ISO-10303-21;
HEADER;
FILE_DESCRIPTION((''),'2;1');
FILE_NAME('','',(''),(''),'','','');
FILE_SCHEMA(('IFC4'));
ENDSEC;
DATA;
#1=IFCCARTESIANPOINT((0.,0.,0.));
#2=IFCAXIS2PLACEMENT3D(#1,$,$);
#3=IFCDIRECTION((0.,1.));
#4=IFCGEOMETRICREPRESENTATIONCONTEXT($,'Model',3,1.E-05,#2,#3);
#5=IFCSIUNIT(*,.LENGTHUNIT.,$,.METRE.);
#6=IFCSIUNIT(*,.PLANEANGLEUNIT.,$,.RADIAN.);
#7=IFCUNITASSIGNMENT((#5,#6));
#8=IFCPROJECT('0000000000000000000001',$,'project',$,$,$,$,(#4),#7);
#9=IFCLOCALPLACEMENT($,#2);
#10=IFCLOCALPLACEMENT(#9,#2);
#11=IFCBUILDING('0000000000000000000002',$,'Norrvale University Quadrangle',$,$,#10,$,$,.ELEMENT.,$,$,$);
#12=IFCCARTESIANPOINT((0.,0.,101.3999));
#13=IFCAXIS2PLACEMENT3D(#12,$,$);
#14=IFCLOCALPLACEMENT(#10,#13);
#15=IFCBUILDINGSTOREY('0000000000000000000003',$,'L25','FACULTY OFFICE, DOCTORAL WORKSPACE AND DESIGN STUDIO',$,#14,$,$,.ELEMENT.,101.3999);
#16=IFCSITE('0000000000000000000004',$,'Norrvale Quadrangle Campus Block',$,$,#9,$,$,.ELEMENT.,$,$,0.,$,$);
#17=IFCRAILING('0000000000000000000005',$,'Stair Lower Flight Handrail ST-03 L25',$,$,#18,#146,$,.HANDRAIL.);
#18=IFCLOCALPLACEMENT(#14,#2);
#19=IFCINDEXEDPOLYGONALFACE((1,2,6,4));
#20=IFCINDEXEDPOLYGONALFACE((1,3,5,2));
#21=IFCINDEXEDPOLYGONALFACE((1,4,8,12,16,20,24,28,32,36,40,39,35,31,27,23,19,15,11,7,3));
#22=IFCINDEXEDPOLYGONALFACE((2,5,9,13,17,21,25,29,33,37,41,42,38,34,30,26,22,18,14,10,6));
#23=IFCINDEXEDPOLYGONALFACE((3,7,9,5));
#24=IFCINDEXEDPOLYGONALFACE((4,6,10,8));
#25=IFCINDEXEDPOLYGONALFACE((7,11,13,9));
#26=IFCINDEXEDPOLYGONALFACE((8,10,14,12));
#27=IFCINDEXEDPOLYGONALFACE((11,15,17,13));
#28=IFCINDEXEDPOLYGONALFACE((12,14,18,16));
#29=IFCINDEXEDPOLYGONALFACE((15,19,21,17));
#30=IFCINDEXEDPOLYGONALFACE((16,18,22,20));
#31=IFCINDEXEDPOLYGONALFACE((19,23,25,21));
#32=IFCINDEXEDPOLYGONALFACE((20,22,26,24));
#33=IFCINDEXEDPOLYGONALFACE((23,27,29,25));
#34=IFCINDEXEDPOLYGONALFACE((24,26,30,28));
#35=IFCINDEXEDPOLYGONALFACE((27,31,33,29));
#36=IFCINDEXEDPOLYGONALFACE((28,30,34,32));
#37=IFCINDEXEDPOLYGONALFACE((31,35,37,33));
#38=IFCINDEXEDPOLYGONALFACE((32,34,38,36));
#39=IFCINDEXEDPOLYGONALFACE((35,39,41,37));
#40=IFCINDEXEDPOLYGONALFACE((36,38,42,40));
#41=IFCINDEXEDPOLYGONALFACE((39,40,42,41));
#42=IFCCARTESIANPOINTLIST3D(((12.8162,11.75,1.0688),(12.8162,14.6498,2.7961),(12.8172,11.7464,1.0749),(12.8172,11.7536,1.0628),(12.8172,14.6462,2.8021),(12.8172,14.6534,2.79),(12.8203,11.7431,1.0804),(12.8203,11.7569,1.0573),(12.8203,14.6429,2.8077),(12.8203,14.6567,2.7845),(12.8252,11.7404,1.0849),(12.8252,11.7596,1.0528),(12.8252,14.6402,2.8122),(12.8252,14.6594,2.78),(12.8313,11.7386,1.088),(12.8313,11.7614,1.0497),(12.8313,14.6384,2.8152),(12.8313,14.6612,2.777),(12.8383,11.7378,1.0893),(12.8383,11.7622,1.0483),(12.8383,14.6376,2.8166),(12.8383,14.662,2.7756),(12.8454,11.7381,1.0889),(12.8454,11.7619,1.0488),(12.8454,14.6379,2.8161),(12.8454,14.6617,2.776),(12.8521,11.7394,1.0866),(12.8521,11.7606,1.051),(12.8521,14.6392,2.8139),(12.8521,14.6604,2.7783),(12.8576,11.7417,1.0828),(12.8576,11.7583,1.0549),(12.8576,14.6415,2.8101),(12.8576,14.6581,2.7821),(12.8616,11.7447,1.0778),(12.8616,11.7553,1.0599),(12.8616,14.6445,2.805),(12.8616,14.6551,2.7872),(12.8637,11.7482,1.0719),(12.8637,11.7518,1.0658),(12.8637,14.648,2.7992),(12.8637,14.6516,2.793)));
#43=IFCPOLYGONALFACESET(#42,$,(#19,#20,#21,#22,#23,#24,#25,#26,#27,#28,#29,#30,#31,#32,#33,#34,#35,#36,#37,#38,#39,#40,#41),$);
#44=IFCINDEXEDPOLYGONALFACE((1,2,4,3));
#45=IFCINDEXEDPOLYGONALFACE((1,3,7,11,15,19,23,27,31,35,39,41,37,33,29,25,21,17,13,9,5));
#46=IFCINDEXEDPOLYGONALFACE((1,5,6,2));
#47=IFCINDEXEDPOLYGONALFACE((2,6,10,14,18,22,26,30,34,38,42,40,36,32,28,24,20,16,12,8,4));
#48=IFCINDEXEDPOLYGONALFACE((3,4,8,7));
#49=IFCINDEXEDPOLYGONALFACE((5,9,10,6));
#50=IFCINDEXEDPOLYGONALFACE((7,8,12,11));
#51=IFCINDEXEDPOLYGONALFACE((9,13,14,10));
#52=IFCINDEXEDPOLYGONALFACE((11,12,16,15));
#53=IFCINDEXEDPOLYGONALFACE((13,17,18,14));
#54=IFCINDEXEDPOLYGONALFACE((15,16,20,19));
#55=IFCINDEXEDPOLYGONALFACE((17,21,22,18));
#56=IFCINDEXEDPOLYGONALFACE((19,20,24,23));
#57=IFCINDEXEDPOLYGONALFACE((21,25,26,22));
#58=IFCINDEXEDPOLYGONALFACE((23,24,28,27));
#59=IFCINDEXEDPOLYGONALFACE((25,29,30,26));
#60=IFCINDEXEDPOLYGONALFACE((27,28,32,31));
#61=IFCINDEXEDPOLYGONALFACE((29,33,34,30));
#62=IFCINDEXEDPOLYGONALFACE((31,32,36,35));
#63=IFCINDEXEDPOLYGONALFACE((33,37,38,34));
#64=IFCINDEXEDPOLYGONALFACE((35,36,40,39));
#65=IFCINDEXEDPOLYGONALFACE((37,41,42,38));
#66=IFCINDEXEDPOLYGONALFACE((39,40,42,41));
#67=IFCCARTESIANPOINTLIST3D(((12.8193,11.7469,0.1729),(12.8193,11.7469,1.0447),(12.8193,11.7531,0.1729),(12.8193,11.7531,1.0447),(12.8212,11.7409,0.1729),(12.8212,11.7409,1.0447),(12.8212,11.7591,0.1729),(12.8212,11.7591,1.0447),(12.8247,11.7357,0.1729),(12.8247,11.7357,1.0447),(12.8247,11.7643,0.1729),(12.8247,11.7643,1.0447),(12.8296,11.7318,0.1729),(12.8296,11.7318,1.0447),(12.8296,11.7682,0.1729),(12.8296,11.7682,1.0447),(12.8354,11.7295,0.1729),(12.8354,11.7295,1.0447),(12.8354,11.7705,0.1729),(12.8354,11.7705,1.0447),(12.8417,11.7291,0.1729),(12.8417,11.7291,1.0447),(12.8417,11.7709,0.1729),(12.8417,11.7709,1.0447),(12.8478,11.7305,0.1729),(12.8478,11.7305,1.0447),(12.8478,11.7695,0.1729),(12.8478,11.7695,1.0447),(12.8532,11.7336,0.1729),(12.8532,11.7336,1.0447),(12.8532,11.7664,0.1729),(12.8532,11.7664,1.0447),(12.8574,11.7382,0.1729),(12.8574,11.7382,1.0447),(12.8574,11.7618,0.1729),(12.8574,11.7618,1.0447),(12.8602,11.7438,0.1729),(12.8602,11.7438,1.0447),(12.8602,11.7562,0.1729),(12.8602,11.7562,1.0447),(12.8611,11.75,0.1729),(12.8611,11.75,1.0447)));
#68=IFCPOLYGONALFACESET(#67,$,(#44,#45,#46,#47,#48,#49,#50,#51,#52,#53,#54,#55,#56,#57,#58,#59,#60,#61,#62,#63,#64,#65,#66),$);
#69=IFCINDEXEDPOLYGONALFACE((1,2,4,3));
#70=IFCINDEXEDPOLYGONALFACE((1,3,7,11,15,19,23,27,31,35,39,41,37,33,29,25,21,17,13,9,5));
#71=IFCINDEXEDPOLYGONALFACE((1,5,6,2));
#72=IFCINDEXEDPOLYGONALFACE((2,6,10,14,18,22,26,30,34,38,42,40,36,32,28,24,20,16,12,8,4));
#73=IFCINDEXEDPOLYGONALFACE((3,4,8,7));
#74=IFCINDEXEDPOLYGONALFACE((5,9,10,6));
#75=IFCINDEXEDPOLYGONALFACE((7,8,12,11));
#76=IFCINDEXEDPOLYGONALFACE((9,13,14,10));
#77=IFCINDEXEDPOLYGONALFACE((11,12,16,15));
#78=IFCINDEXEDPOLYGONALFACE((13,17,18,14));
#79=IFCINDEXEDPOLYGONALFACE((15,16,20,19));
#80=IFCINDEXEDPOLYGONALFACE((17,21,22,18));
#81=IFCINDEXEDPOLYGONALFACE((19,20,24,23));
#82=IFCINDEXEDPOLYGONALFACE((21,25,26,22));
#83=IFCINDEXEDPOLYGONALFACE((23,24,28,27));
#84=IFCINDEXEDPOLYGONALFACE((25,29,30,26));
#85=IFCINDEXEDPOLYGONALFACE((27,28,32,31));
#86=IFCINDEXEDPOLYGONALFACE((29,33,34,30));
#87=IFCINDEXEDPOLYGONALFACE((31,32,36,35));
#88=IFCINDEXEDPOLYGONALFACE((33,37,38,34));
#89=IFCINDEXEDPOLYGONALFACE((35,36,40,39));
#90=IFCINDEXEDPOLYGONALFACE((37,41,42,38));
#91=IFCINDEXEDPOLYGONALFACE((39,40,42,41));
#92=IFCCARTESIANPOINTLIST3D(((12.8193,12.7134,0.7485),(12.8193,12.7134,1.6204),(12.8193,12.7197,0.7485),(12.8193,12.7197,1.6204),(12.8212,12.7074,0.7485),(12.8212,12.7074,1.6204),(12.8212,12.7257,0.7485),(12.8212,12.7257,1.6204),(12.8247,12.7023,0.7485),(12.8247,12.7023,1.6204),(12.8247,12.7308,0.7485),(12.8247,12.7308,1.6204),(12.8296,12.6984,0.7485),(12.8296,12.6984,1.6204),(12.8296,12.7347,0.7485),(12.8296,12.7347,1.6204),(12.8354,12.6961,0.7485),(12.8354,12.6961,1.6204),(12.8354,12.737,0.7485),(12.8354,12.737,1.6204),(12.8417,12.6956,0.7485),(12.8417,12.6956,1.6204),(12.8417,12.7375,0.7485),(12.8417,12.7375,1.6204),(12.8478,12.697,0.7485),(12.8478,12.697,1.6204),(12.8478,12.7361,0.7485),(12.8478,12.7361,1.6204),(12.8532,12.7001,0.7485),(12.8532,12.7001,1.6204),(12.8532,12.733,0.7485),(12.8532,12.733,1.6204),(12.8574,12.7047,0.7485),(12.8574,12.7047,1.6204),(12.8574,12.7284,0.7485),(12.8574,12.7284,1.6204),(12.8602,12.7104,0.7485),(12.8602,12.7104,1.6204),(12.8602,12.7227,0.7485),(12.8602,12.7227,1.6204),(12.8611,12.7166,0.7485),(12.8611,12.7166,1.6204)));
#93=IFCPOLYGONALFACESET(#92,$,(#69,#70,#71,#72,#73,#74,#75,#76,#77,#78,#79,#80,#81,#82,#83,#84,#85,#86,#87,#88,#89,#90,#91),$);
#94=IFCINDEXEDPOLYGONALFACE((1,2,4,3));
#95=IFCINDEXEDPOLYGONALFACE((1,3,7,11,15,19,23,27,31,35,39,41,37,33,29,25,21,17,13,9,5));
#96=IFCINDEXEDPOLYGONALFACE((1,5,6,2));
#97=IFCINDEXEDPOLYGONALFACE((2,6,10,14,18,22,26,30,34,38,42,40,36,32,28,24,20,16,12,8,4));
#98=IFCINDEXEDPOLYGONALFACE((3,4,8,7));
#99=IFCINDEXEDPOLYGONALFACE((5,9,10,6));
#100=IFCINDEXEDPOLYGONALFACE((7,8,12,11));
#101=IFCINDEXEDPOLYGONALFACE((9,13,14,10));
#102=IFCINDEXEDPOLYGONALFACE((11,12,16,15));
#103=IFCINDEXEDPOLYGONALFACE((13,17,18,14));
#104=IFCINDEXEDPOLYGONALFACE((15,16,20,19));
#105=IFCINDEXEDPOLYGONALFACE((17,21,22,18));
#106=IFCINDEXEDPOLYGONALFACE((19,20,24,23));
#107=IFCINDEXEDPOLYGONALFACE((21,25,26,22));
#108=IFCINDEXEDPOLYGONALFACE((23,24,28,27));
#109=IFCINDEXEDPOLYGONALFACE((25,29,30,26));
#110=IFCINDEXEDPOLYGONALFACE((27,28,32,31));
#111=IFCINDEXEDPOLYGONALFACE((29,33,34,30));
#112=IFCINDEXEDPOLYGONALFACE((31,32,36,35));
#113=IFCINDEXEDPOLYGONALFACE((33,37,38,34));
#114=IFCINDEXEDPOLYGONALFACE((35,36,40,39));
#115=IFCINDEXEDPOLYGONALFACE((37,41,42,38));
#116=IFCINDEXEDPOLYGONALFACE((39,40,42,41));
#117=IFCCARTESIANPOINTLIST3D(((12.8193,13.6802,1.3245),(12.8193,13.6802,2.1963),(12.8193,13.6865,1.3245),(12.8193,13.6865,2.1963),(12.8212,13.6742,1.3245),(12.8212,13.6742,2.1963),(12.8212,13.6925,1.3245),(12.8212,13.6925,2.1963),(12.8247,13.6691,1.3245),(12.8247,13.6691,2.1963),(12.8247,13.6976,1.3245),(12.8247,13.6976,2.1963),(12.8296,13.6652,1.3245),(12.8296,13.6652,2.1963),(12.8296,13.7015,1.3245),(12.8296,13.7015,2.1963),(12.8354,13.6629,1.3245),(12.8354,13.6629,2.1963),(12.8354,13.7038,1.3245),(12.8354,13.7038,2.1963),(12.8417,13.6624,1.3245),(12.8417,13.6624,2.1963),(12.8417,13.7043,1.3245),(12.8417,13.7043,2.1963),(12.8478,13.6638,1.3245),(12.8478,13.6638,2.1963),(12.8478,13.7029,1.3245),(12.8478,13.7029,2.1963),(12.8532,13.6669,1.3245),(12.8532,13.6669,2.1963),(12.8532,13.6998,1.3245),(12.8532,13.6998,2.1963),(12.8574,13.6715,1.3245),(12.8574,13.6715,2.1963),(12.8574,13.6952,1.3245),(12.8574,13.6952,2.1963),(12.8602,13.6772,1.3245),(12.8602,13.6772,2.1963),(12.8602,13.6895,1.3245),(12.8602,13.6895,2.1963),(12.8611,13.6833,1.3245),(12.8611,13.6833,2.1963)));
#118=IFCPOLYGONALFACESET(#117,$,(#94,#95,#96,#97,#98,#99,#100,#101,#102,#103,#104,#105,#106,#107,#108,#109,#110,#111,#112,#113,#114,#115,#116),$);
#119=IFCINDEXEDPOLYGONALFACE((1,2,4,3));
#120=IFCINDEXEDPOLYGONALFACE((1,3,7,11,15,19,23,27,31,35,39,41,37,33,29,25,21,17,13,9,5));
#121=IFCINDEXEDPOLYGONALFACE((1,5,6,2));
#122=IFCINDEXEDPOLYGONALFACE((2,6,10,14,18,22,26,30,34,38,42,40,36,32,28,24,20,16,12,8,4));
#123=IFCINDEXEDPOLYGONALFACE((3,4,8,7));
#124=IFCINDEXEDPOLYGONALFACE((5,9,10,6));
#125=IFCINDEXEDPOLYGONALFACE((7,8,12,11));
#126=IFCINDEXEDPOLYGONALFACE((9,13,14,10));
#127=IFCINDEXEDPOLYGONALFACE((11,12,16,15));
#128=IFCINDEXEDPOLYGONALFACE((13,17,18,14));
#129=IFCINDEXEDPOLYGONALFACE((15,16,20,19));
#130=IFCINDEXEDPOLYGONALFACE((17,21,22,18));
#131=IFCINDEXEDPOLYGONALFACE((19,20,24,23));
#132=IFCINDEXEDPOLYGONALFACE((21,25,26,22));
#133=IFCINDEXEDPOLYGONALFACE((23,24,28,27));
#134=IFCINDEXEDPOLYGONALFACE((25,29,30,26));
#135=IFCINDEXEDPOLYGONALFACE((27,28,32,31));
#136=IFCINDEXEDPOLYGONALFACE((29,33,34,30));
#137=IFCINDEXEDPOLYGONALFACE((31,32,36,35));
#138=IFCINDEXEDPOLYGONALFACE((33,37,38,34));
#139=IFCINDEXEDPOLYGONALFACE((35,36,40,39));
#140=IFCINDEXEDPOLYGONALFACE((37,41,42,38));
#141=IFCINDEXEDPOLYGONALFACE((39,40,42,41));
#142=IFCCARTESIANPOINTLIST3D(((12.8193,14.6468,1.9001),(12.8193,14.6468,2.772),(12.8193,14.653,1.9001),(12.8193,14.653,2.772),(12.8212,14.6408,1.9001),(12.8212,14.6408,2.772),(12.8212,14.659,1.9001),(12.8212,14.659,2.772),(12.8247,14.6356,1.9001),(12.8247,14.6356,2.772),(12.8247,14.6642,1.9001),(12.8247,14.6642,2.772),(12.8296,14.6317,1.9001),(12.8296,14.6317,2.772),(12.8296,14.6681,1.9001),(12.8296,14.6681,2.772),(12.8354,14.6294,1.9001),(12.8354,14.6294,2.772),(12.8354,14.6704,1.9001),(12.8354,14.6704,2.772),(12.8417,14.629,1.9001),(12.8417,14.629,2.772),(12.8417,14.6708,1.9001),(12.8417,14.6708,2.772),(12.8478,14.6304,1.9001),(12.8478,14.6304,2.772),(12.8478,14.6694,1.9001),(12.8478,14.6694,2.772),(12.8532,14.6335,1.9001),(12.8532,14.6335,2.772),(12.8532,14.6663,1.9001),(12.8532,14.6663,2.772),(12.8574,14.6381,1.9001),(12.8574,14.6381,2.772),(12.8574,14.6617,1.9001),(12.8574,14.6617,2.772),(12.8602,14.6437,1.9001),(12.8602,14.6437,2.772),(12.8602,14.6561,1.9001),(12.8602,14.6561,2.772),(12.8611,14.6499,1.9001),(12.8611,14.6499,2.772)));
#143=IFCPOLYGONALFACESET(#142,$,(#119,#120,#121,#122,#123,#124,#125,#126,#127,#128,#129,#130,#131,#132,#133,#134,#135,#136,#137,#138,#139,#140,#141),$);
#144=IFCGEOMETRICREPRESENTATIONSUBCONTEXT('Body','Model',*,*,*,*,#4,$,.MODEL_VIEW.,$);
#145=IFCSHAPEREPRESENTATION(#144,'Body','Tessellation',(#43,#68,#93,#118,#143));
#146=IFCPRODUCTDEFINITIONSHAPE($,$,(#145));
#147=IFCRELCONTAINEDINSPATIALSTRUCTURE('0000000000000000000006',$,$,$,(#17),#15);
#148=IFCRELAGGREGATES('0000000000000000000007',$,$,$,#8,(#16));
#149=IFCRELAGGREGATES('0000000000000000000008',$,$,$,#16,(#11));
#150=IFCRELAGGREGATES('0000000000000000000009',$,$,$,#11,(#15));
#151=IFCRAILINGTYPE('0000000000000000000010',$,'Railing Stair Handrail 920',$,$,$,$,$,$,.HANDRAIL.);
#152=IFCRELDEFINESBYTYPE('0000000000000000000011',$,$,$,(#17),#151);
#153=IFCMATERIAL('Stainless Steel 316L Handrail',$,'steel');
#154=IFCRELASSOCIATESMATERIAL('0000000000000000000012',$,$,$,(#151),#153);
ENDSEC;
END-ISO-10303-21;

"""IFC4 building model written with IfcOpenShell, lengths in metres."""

from ifc_helpers import new_model, si_unit, direction, frame, origin, origin_2d, place, context, subcontext, project, spatial, circle, extrude, material, type_object, element, save


model = new_model("IFC4")

# Units and contexts
model_context = context("Model", 3, precision=1e-05, world=origin(), true_north=direction((0.0, 1.0)))
body_context = subcontext(model_context, "Body", "Model", "MODEL_VIEW")
ifc_project = project(units=[si_unit("LENGTHUNIT", "METRE"), si_unit("PLANEANGLEUNIT", "RADIAN")], contexts=[model_context])

# Site, building, storey
site_placement = place(None, origin())
site = spatial("IfcSite", under=ifc_project, at=site_placement, Name="Norrvale Quadrangle Campus Block", CompositionType="ELEMENT", RefElevation=0.0)
building_placement = place(site_placement, origin())
building = spatial("IfcBuilding", under=site, at=building_placement, Name="Norrvale University Quadrangle", CompositionType="ELEMENT")
storey_placement = place(building_placement, frame((0.0, 0.0, 101.3999)))
storey = spatial("IfcBuildingStorey", under=building, at=storey_placement, Name="L25", Description="FACULTY OFFICE, DOCTORAL WORKSPACE AND DESIGN STUDIO", CompositionType="ELEMENT", Elevation=101.3999)

# Railing
ifc_material_1 = material(Name="Stainless Steel 316L Handrail", Category="steel")
railing_type_1 = type_object("IfcRailingType", Name="Railing Stair Handrail 920", PredefinedType="HANDRAIL", material=ifc_material_1)
railing_1_placement = place(storey_placement, frame((12.8401, 11.75, 0.1729)))
element("IfcRailing", 1, at=railing_1_placement, inside=storey, type_object=railing_type_1, Name="Stair Lower Flight Handrail ST-03 L25", PredefinedType="HANDRAIL", context=body_context, shape_type="SweptSolid", body=[
    extrude(circle(Radius=0.0239, at=origin_2d()), frame((0.0, 0.0, 0.896), z_axis=(0.0, 0.859141, 0.511738), x_axis=(-1.0, 0.0, 0.0)), (0.0, 0.0, 1.0), 3.3752),
    extrude(circle(Radius=0.021, at=origin_2d()), origin(), (0.0, 0.0, 1.0), 0.8718),
    extrude(circle(Radius=0.021, at=origin_2d()), frame((0.0, 0.9666, 0.5757)), (0.0, 0.0, 1.0), 0.8718),
    extrude(circle(Radius=0.021, at=origin_2d()), frame((0.0, 1.9333, 1.1516)), (0.0, 0.0, 1.0), 0.8718),
    extrude(circle(Radius=0.021, at=origin_2d()), frame((0.0, 2.8999, 1.7273)), (0.0, 0.0, 1.0), 0.8718),
])

save(model, "model.ifc")
